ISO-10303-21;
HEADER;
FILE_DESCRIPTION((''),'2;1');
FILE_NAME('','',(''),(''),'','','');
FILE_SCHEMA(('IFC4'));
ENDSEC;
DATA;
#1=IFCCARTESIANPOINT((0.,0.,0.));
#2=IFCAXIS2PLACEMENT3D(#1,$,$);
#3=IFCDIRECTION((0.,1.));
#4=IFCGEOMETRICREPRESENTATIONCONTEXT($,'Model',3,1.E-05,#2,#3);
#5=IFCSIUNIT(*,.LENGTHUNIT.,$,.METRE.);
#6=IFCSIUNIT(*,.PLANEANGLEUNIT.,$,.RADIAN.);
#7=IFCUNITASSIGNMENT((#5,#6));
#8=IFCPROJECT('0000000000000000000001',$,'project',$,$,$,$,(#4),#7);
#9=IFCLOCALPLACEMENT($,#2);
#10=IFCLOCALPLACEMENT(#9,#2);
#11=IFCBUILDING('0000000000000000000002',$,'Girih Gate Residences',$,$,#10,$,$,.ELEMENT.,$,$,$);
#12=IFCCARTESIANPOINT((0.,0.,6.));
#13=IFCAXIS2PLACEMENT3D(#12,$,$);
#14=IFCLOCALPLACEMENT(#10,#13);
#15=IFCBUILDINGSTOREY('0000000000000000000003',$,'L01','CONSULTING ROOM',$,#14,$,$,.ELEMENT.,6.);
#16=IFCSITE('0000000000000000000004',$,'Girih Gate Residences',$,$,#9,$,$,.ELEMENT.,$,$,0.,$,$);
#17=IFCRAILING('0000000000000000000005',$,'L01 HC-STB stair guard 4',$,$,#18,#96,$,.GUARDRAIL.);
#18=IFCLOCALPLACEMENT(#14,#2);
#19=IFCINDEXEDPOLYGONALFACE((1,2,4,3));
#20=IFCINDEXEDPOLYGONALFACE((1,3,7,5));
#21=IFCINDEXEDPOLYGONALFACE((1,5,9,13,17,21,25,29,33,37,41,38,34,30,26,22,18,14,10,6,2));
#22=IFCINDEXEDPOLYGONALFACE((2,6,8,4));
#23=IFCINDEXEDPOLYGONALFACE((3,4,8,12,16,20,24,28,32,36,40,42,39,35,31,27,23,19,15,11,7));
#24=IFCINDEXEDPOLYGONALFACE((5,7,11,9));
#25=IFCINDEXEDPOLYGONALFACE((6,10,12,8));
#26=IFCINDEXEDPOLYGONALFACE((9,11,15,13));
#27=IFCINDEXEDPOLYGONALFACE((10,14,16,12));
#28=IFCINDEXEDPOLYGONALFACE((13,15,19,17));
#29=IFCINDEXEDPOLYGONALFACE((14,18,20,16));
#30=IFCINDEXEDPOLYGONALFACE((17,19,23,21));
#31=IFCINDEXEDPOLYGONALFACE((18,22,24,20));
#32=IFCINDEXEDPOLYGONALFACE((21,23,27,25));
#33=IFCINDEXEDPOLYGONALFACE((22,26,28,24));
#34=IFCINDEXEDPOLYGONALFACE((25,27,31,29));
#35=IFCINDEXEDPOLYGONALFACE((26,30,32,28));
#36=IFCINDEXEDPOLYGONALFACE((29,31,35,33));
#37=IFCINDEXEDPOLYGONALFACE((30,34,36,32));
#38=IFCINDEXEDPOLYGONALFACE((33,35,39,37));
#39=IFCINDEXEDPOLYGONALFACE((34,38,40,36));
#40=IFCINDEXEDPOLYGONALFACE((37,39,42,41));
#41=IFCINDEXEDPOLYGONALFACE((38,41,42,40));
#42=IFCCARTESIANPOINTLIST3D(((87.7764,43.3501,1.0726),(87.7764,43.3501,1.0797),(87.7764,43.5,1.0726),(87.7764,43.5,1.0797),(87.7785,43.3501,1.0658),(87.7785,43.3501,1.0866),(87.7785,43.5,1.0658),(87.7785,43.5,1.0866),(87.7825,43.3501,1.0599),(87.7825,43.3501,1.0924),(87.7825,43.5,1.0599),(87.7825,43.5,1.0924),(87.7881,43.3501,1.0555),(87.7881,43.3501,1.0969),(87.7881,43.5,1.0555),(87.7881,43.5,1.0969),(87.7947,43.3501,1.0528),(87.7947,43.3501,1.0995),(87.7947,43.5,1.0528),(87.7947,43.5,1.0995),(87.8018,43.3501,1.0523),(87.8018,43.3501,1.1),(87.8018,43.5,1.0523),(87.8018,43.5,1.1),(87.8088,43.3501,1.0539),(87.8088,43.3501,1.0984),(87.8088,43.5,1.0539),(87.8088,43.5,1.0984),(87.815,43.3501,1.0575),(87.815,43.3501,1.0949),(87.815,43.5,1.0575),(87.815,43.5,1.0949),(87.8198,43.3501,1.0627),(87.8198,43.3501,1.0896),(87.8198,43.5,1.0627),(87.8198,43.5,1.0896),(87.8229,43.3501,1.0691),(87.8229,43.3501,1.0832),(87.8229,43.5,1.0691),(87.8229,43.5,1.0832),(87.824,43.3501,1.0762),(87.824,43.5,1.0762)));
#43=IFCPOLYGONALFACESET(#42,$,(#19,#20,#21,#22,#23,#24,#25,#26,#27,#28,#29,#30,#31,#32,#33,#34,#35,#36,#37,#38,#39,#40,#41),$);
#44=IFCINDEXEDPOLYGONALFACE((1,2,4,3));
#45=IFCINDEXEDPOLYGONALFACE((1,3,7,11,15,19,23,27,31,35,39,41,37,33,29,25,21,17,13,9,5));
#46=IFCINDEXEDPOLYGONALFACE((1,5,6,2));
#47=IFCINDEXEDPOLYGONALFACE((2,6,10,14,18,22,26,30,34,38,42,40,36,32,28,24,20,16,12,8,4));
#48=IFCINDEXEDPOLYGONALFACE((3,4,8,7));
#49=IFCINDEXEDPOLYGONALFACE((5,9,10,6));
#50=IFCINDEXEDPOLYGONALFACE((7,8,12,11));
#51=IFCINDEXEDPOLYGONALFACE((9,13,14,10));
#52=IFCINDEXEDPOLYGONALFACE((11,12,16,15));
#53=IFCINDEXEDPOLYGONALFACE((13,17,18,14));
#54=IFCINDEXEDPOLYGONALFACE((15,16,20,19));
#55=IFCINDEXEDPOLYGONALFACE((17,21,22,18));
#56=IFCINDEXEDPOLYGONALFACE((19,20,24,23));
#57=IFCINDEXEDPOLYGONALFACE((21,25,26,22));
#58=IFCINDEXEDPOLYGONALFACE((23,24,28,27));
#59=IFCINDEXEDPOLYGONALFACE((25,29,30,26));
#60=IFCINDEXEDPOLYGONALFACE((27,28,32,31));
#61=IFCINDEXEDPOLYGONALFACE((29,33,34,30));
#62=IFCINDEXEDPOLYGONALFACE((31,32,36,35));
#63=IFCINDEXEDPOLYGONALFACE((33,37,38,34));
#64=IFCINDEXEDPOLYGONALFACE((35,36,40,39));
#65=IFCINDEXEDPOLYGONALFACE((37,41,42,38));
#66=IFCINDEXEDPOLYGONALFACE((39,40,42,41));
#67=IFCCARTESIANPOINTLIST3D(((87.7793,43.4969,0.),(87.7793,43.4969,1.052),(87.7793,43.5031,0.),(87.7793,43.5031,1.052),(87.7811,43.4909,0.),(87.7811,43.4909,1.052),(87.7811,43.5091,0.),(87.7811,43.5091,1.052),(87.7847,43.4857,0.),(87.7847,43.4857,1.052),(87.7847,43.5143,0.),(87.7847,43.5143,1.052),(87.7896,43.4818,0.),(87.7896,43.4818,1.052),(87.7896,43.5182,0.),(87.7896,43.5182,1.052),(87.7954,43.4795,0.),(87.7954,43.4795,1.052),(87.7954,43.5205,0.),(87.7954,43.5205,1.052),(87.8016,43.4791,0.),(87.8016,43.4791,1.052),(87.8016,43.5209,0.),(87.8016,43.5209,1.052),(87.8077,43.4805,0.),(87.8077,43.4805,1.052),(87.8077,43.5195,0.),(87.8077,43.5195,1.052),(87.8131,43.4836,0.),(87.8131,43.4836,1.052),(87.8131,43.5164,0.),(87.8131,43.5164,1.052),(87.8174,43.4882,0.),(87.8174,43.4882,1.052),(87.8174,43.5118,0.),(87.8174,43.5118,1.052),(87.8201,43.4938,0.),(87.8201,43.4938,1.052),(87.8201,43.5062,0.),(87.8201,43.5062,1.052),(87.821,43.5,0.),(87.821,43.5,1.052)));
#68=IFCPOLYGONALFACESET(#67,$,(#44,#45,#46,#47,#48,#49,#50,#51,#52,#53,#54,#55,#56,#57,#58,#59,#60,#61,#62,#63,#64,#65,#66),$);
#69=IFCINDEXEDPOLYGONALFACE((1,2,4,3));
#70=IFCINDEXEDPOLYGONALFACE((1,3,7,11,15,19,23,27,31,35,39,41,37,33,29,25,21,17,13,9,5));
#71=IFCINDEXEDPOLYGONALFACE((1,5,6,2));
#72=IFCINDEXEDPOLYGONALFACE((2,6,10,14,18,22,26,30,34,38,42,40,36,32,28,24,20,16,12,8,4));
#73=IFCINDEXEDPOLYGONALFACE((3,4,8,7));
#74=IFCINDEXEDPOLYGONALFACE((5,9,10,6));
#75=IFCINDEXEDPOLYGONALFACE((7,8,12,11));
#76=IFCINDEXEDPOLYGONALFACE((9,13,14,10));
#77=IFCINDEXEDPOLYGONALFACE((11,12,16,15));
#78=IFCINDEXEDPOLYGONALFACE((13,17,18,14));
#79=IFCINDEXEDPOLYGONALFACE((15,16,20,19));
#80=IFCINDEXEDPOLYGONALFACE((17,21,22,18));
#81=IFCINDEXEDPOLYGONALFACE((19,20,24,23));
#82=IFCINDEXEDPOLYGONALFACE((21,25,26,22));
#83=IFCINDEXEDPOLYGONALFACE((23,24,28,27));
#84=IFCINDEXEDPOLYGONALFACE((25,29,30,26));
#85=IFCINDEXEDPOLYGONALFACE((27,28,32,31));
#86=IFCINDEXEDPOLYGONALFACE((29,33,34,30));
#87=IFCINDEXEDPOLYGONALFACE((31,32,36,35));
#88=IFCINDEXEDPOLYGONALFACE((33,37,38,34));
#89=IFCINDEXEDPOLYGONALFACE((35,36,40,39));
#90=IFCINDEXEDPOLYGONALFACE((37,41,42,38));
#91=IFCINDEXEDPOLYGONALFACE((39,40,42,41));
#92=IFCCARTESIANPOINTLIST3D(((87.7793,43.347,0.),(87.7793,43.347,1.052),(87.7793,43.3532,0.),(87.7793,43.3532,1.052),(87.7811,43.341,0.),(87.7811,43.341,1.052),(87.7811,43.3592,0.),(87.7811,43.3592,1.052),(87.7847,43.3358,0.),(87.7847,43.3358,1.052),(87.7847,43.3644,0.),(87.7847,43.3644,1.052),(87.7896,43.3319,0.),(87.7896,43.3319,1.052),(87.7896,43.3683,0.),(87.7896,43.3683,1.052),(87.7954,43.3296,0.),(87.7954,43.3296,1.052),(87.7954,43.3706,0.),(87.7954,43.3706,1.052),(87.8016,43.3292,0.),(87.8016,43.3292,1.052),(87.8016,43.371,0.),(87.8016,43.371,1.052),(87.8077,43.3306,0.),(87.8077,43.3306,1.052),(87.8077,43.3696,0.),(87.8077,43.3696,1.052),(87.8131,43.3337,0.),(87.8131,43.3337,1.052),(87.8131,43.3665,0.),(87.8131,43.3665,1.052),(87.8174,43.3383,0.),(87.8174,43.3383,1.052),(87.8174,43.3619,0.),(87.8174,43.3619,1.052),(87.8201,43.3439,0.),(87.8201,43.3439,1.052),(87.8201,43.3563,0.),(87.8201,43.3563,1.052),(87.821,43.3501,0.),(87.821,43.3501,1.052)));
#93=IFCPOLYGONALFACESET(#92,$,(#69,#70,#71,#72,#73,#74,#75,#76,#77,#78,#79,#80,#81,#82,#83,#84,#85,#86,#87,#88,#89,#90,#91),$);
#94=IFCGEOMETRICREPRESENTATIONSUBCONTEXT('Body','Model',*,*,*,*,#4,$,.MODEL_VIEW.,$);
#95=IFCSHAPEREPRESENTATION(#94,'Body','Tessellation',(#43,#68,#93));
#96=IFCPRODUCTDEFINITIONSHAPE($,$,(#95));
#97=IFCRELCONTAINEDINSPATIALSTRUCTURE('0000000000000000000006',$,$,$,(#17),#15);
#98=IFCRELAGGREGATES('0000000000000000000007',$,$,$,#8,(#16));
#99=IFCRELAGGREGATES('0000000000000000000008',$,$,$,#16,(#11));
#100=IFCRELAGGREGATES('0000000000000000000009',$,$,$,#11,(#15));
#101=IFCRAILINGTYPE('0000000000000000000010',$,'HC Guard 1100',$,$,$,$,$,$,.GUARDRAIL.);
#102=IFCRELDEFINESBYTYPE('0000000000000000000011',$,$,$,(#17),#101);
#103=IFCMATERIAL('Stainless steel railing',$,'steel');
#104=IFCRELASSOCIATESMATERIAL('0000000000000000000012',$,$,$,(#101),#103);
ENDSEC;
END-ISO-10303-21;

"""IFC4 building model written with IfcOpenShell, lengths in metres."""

from ifc_helpers import new_model, si_unit, direction, frame, origin, origin_2d, place, context, subcontext, project, spatial, circle, extrude, material, type_object, element, save


model = new_model("IFC4")

# Units and contexts
model_context = context("Model", 3, precision=1e-05, world=origin(), true_north=direction((0.0, 1.0)))
body_context = subcontext(model_context, "Body", "Model", "MODEL_VIEW")
ifc_project = project(units=[si_unit("LENGTHUNIT", "METRE"), si_unit("PLANEANGLEUNIT", "RADIAN")], contexts=[model_context])

# Site, building, storey
site_placement = place(None, origin())
site = spatial("IfcSite", under=ifc_project, at=site_placement, Name="Girih Gate Residences", CompositionType="ELEMENT", RefElevation=0.0)
building_placement = place(site_placement, origin())
building = spatial("IfcBuilding", under=site, at=building_placement, Name="Girih Gate Residences", CompositionType="ELEMENT")
storey_placement = place(building_placement, frame((0.0, 0.0, 6.0)))
storey = spatial("IfcBuildingStorey", under=building, at=storey_placement, Name="L01", Description="CONSULTING ROOM", CompositionType="ELEMENT", Elevation=6.0)

# Railing
ifc_material_1 = material(Name="Stainless steel railing", Category="steel")
railing_type_1 = type_object("IfcRailingType", Name="HC Guard 1100", PredefinedType="GUARDRAIL", material=ifc_material_1)
railing_1_placement = place(storey_placement, frame((87.8, 43.5, 0.0)))
element("IfcRailing", 1, at=railing_1_placement, inside=storey, type_object=railing_type_1, Name="L01 HC-STB stair guard 4", PredefinedType="GUARDRAIL", context=body_context, shape_type="SweptSolid", body=[
    extrude(circle(Radius=0.0239, at=origin_2d()), frame((0.0, 0.0, 1.0762), z_axis=(0.0, -1.0, 0.0), x_axis=(1.0, 0.0, 0.0)), (0.0, 0.0, 1.0), 0.1499),
    extrude(circle(Radius=0.021, at=origin_2d()), origin(), (0.0, 0.0, 1.0), 1.052),
    extrude(circle(Radius=0.021, at=origin_2d()), frame((0.0, -0.1499, 0.0)), (0.0, 0.0, 1.0), 1.052),
])

save(model, "model.ifc")
